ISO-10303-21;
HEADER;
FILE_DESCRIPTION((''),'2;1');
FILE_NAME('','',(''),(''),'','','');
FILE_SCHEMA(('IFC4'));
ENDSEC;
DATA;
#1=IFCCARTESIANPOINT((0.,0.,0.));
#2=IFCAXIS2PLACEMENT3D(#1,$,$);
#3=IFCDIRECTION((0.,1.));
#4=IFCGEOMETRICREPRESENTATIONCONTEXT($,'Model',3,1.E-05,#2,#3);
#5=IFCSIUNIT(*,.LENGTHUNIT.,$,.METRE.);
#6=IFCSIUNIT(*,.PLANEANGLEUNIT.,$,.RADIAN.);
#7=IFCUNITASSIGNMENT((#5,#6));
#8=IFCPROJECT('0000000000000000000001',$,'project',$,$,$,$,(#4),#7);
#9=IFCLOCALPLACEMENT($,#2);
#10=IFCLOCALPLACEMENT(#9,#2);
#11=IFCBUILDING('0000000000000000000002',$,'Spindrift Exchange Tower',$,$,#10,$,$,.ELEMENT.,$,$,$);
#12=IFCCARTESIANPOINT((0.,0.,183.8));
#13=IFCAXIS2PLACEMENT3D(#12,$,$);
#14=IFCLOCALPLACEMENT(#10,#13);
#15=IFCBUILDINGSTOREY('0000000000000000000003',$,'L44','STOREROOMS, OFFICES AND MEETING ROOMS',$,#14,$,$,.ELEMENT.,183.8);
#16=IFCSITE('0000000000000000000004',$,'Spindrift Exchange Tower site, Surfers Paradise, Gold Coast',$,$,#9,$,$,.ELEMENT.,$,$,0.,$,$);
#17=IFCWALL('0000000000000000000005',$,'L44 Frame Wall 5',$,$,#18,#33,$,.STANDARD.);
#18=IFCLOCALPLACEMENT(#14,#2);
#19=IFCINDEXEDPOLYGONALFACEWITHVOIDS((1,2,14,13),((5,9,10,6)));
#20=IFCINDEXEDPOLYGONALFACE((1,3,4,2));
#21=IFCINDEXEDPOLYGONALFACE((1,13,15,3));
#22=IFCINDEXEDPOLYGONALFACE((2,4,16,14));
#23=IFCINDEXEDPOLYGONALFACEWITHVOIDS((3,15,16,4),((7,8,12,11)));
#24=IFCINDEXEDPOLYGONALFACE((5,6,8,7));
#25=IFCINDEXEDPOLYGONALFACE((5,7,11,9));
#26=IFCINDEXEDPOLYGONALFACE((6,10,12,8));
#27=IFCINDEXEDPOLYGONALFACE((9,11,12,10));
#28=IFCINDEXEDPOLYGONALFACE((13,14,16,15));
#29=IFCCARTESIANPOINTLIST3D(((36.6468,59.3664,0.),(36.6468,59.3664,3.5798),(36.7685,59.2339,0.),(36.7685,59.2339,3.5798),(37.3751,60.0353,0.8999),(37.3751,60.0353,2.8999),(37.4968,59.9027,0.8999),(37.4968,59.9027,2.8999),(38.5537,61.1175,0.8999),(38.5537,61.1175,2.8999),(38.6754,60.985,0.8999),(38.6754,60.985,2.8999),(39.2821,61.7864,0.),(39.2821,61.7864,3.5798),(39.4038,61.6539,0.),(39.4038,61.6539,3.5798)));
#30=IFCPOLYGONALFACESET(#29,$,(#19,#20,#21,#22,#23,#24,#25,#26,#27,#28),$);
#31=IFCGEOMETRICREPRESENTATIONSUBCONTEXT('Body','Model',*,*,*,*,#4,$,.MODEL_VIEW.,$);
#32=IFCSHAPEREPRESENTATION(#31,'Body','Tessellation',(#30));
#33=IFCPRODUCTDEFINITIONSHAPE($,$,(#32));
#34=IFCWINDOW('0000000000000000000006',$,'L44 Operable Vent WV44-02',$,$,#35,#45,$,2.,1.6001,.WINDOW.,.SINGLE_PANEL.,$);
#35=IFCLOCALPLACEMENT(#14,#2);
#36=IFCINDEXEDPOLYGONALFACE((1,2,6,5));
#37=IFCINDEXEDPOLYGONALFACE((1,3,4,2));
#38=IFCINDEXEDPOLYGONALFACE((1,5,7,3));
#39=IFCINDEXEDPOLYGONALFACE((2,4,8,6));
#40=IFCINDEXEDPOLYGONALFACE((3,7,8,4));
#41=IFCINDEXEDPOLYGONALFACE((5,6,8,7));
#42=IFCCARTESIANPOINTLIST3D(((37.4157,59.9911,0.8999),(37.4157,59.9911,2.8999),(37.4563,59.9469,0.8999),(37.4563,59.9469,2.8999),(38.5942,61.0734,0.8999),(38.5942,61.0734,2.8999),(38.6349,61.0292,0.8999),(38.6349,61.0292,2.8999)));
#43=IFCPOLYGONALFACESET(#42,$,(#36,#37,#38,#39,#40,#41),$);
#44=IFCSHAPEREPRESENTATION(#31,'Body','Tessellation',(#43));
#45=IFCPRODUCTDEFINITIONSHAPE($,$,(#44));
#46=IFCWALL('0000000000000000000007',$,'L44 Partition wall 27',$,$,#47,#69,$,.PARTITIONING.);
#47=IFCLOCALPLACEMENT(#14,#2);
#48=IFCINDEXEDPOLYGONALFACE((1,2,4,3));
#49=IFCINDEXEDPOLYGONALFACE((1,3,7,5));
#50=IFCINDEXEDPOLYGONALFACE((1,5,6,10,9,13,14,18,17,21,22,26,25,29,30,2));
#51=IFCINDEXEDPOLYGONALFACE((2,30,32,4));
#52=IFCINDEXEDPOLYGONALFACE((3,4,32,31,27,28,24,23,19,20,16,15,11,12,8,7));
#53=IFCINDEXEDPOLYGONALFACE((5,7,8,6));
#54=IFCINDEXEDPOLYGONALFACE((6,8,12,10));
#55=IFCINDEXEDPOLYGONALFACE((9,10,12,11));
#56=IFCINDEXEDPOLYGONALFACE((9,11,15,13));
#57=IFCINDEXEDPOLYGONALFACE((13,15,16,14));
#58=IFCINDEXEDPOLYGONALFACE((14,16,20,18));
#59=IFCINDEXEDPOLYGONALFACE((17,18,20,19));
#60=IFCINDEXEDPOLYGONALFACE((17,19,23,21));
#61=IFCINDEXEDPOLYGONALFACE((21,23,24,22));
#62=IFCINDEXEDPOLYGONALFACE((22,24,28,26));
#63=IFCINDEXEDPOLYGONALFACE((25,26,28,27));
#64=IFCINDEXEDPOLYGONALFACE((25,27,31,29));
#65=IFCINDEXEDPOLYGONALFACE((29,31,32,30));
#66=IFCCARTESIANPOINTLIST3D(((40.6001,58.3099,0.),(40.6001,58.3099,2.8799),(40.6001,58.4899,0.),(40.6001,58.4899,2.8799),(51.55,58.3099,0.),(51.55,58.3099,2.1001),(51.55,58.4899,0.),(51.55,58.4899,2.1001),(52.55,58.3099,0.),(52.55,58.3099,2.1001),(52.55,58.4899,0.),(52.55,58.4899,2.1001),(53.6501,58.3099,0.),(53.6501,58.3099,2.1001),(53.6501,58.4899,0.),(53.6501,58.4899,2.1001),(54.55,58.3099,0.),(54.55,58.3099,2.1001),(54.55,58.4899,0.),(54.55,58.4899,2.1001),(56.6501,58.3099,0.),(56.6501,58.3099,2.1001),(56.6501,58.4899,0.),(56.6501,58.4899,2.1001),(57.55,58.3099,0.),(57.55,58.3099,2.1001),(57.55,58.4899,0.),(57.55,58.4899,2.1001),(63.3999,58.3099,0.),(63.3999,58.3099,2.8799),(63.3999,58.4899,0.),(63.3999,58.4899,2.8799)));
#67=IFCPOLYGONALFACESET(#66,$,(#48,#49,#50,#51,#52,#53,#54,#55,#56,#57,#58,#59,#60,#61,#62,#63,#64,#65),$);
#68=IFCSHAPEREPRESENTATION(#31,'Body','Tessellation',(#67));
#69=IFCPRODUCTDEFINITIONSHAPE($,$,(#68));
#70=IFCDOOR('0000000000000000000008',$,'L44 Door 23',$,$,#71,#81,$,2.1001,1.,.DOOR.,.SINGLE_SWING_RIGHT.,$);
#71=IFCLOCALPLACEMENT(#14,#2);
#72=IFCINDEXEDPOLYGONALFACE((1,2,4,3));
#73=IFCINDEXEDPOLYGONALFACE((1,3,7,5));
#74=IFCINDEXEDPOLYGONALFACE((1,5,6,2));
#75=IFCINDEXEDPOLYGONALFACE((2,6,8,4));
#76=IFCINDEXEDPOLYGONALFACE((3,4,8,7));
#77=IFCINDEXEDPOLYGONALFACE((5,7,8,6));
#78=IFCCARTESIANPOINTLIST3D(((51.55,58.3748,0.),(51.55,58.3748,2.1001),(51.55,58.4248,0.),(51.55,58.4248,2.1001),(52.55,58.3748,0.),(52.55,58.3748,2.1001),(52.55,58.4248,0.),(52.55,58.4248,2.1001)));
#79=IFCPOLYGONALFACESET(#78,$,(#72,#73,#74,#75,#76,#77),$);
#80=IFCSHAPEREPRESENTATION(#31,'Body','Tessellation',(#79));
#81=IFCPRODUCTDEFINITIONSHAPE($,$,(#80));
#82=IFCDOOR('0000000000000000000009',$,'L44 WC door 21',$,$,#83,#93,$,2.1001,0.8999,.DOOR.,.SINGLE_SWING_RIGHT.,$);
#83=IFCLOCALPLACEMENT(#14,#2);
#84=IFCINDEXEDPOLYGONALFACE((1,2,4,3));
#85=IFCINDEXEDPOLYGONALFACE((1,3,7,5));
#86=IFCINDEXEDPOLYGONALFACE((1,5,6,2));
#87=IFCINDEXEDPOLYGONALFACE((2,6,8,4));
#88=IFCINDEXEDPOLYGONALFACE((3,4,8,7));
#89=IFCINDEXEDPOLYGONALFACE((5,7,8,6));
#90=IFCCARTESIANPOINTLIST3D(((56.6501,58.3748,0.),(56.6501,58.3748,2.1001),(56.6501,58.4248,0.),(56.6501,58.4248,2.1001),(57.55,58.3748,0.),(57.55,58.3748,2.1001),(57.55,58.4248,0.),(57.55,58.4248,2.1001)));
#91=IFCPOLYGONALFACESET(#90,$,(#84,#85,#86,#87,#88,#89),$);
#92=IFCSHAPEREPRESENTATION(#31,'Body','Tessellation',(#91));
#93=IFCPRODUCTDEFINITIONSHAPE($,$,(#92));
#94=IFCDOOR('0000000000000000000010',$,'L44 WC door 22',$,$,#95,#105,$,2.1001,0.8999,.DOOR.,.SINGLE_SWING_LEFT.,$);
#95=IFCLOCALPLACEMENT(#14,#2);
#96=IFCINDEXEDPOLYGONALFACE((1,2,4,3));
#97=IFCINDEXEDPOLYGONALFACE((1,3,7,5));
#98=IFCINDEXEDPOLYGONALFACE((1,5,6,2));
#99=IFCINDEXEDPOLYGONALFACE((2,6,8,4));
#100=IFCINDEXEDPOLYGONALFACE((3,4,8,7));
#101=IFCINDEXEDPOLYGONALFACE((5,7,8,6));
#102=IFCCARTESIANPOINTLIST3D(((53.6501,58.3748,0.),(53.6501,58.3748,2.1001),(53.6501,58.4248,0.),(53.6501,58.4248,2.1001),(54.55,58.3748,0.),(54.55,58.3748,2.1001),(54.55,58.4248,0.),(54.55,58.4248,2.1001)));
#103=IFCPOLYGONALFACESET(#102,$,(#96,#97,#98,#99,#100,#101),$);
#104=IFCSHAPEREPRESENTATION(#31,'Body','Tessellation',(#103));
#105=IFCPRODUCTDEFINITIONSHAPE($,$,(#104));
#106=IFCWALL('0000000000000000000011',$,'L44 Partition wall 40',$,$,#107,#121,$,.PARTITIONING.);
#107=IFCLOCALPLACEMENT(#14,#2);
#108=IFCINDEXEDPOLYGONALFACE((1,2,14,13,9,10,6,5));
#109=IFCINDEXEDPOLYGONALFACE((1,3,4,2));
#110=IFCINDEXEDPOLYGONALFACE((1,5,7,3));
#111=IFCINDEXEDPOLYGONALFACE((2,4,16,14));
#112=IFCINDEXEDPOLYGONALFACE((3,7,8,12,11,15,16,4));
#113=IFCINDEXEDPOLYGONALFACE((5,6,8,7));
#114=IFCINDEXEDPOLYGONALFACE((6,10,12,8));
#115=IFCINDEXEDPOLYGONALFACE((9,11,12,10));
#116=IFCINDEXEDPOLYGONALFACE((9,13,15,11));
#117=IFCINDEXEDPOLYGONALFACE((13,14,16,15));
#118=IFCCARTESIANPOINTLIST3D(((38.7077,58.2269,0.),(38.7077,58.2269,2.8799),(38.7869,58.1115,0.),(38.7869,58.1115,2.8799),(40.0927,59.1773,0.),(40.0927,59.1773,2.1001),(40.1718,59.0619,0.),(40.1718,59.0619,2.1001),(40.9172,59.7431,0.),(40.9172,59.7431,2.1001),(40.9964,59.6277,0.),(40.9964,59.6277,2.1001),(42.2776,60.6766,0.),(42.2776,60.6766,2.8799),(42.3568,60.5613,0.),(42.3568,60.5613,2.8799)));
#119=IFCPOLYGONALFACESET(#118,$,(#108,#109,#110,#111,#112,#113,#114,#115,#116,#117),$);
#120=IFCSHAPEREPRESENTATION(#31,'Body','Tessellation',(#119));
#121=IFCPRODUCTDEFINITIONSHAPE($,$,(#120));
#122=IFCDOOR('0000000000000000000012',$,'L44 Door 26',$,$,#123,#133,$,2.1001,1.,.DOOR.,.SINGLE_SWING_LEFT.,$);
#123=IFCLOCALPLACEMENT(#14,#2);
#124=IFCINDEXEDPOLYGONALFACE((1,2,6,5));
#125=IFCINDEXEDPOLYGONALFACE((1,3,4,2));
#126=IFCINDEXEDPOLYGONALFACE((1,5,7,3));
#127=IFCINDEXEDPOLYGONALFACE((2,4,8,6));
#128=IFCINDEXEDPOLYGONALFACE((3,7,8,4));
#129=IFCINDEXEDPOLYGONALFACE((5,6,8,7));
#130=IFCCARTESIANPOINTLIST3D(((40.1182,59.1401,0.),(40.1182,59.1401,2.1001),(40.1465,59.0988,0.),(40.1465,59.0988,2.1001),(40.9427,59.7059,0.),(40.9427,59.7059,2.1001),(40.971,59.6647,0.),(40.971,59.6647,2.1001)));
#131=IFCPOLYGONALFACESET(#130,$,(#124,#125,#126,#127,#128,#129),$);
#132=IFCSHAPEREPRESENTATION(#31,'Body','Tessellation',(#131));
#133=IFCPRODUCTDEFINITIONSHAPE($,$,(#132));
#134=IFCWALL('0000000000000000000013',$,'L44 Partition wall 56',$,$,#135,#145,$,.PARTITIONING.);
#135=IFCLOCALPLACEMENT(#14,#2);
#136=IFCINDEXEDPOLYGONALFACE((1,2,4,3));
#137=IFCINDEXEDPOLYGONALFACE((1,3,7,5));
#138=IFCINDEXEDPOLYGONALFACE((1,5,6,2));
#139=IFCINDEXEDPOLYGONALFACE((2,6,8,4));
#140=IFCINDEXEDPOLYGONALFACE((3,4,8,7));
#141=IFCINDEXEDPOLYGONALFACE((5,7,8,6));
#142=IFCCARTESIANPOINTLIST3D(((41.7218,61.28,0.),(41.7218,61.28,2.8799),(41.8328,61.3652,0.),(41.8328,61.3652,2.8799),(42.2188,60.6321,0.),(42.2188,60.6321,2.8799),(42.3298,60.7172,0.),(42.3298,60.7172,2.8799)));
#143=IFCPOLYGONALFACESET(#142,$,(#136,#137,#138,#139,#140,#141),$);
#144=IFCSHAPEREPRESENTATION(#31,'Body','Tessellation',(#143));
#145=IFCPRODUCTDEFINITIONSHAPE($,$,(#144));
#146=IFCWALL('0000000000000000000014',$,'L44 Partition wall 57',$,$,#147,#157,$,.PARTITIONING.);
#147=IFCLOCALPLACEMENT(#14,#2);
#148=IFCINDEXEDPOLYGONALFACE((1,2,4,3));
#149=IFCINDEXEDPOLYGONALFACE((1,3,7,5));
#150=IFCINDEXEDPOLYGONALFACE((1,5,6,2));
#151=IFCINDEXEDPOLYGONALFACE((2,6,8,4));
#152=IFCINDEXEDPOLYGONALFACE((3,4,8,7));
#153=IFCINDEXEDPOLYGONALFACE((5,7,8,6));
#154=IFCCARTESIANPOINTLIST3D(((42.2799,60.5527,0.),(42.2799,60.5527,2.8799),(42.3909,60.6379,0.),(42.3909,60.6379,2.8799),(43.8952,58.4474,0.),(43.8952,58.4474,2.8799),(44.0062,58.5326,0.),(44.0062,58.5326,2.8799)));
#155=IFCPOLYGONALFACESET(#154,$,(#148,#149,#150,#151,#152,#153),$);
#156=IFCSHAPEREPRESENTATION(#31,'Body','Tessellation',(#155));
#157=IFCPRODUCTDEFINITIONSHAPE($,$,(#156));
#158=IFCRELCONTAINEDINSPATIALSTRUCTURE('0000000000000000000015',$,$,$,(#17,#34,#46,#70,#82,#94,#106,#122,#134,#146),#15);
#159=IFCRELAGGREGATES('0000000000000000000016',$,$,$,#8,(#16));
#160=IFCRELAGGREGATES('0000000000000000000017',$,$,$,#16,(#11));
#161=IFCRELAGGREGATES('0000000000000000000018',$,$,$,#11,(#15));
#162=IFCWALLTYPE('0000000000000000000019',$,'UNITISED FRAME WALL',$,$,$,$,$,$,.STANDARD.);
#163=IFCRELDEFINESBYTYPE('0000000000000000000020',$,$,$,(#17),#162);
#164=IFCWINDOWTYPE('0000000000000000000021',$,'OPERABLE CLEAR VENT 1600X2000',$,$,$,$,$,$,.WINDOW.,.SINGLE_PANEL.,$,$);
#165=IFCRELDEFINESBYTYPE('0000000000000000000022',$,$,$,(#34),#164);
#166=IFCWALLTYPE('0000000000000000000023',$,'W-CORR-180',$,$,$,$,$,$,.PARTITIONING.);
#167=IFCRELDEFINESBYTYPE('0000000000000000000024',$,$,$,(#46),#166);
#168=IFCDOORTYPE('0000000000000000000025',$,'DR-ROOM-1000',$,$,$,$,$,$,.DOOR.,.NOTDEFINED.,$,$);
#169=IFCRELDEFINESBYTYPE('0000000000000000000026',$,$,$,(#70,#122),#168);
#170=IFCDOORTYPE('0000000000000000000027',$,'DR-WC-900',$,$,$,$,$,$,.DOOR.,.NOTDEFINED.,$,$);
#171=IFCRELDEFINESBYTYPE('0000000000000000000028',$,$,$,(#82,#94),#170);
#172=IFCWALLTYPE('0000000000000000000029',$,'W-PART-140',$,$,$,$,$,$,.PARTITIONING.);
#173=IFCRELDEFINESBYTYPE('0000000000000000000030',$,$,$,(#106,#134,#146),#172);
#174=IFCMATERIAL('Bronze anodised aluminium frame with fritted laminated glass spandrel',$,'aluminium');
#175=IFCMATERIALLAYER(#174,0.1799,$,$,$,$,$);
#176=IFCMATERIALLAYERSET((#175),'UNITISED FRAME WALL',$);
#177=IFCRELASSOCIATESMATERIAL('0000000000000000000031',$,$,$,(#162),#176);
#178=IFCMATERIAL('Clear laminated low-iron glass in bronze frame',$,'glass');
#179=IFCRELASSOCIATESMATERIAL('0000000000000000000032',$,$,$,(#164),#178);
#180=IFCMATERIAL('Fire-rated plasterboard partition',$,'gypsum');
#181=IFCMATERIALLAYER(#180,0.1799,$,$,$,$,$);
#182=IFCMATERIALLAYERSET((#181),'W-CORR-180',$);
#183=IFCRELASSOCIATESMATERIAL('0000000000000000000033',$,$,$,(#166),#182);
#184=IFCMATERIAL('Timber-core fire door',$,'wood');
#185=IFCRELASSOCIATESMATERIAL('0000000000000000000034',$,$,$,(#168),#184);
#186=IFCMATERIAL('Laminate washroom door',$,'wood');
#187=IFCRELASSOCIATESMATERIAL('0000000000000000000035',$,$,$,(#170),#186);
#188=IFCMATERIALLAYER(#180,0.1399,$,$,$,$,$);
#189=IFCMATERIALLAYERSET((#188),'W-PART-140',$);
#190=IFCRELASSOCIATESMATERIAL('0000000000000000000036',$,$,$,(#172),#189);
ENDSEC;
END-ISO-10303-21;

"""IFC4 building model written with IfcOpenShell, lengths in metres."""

from ifc_helpers import new_model, si_unit, direction, frame, frame_2d, origin, place, context, subcontext, project, spatial, rectangle, extrude, source, transform, mapped, material, layer, layer_set, type_object, element, fill, save


model = new_model("IFC4")

# Units and contexts
model_context = context("Model", 3, precision=1e-05, world=origin(), true_north=direction((0.0, 1.0)))
body_context = subcontext(model_context, "Body", "Model", "MODEL_VIEW")
ifc_project = project(units=[si_unit("LENGTHUNIT", "METRE"), si_unit("PLANEANGLEUNIT", "RADIAN")], contexts=[model_context])

# Site, building, storey
site_placement = place(None, origin())
site = spatial("IfcSite", under=ifc_project, at=site_placement, Name="Spindrift Exchange Tower site, Surfers Paradise, Gold Coast", CompositionType="ELEMENT", RefElevation=0.0)
building_placement = place(site_placement, origin())
building = spatial("IfcBuilding", under=site, at=building_placement, Name="Spindrift Exchange Tower", CompositionType="ELEMENT")
storey_placement = place(building_placement, frame((0.0, 0.0, 183.8)))
storey = spatial("IfcBuildingStorey", under=building, at=storey_placement, Name="L44", Description="STOREROOMS, OFFICES AND MEETING ROOMS", CompositionType="ELEMENT", Elevation=183.8)

# Wall, opening, window
ifc_material_1 = material(Name="Bronze anodised aluminium frame with fritted laminated glass spandrel", Category="aluminium")
ifc_layer_1 = layer(ifc_material_1, 0.1799)
ifc_layer_set_1 = layer_set([ifc_layer_1], Name="UNITISED FRAME WALL")
wall_type_1 = type_object("IfcWallType", Name="UNITISED FRAME WALL", PredefinedType="STANDARD", material=ifc_layer_set_1)
wall_1_placement = place(storey_placement, frame((39.343, 61.7202, 0.0), z_axis=(0.0, 0.0, 1.0), x_axis=(-0.736559, -0.676373, 0.0)))
wall_1 = element("IfcWall", 1, at=wall_1_placement, inside=storey, type_object=wall_type_1, Name="L44 Frame Wall 5", PredefinedType="STANDARD", context=body_context, shape_type="SweptSolid", body=[
    extrude(rectangle(XDim=3.5779, YDim=0.1799, at=frame_2d((1.7891, 0.0))), origin(), (0.0, 0.0, 1.0), 3.5798),
])
opening_1_placement = place(wall_1_placement, frame((0.989, 0.0, 0.8999)))
opening_1 = element("IfcOpeningElement", 2, at=opening_1_placement, cuts=wall_1, PredefinedType="OPENING", context=body_context, shape_type="SweptSolid", body=[
    extrude(rectangle(XDim=1.6001, YDim=2.0, at=frame_2d((0.8, 1.0))), frame((0.0, 0.0999, 0.0), z_axis=(0.0, -1.0, 0.0), x_axis=(1.0, 0.0, 0.0)), (0.0, 0.0, 1.0), 0.2),
])
ifc_material_2 = material(Name="Clear laminated low-iron glass in bronze frame", Category="glass")
window_type = type_object("IfcWindowType", Name="OPERABLE CLEAR VENT 1600X2000", PartitioningType="SINGLE_PANEL", PredefinedType="WINDOW", material=ifc_material_2)
shared_shape_1 = source(origin(), body_context, "Body", "SweptSolid", [
    extrude(rectangle(XDim=1.6001, YDim=2.0, at=frame_2d((0.8, 1.0))), frame((0.0, 0.03, 0.0), z_axis=(0.0, -1.0, 0.0), x_axis=(1.0, 0.0, 0.0)), (0.0, 0.0, 1.0), 0.0601),
])
window_placement = place(opening_1_placement, origin())
window = element("IfcWindow", 3, at=window_placement, inside=storey, type_object=window_type, Name="L44 Operable Vent WV44-02", OverallHeight=2.0, OverallWidth=1.6001, PartitioningType="SINGLE_PANEL", PredefinedType="WINDOW", context=body_context, shape_type="MappedRepresentation", body=[
    mapped(shared_shape_1, transform((0.0, 0.0, 0.0), scale=1.0)),
])
fill(opening_1, window)

# Wall, openings, doors
ifc_material_3 = material(Name="Fire-rated plasterboard partition", Category="gypsum")
ifc_layer_2 = layer(ifc_material_3, 0.1799)
ifc_layer_set_2 = layer_set([ifc_layer_2], Name="W-CORR-180")
wall_type_2 = type_object("IfcWallType", Name="W-CORR-180", PredefinedType="PARTITIONING", material=ifc_layer_set_2)
wall_2_placement = place(storey_placement, frame((40.6001, 58.3999, 0.0), z_axis=(0.0, 0.0, 1.0), x_axis=(1.0, 0.0, 0.0)))
wall_2 = element("IfcWall", 4, at=wall_2_placement, inside=storey, type_object=wall_type_2, Name="L44 Partition wall 27", PredefinedType="PARTITIONING", context=body_context, shape_type="SweptSolid", body=[
    extrude(rectangle(XDim=22.7998, YDim=0.1799, at=frame_2d((11.3999, 0.0))), origin(), (0.0, 0.0, 1.0), 2.8799),
])
opening_2_placement = place(wall_2_placement, frame((16.05, 0.0, 0.0)))
opening_2 = element("IfcOpeningElement", 5, at=opening_2_placement, cuts=wall_2, PredefinedType="OPENING", context=body_context, shape_type="SweptSolid", body=[
    extrude(rectangle(XDim=0.8999, YDim=2.1001, at=frame_2d((0.45, 1.05))), frame((0.0, 0.0999, 0.0), z_axis=(0.0, -1.0, 0.0), x_axis=(1.0, 0.0, 0.0)), (0.0, 0.0, 1.0), 0.2),
])
opening_3_placement = place(wall_2_placement, frame((13.05, 0.0, 0.0)))
opening_3 = element("IfcOpeningElement", 6, at=opening_3_placement, cuts=wall_2, PredefinedType="OPENING", context=body_context, shape_type="SweptSolid", body=[
    extrude(rectangle(XDim=0.8999, YDim=2.1001, at=frame_2d((0.45, 1.05))), frame((0.0, 0.0999, 0.0), z_axis=(0.0, -1.0, 0.0), x_axis=(1.0, 0.0, 0.0)), (0.0, 0.0, 1.0), 0.2),
])
opening_4_placement = place(wall_2_placement, frame((10.95, 0.0, 0.0)))
opening_4 = element("IfcOpeningElement", 7, at=opening_4_placement, cuts=wall_2, PredefinedType="OPENING", context=body_context, shape_type="SweptSolid", body=[
    extrude(rectangle(XDim=1.0, YDim=2.1001, at=frame_2d((0.5, 1.05))), frame((0.0, 0.0999, 0.0), z_axis=(0.0, -1.0, 0.0), x_axis=(1.0, 0.0, 0.0)), (0.0, 0.0, 1.0), 0.2),
])
ifc_material_4 = material(Name="Timber-core fire door", Category="wood")
door_type_1 = type_object("IfcDoorType", Name="DR-ROOM-1000", OperationType="NOTDEFINED", PredefinedType="DOOR", material=ifc_material_4)
shared_shape_2 = source(origin(), body_context, "Body", "SweptSolid", [
    extrude(rectangle(XDim=1.0, YDim=2.1001, at=frame_2d((0.5, 1.05))), frame((0.0, 0.0249, 0.0), z_axis=(0.0, -1.0, 0.0), x_axis=(1.0, 0.0, 0.0)), (0.0, 0.0, 1.0), 0.05),
])
door_1_placement = place(opening_4_placement, origin())
door_1 = element("IfcDoor", 8, at=door_1_placement, inside=storey, type_object=door_type_1, Name="L44 Door 23", OperationType="SINGLE_SWING_RIGHT", OverallHeight=2.1001, OverallWidth=1.0, PredefinedType="DOOR", context=body_context, shape_type="MappedRepresentation", body=[
    mapped(shared_shape_2, transform((0.0, 0.0, 0.0), scale=1.0)),
])
fill(opening_4, door_1)
ifc_material_5 = material(Name="Laminate washroom door", Category="wood")
door_type_2 = type_object("IfcDoorType", Name="DR-WC-900", OperationType="NOTDEFINED", PredefinedType="DOOR", material=ifc_material_5)
shared_shape_3 = source(origin(), body_context, "Body", "SweptSolid", [
    extrude(rectangle(XDim=0.8999, YDim=2.1001, at=frame_2d((0.45, 1.05))), frame((0.0, 0.0249, 0.0), z_axis=(0.0, -1.0, 0.0), x_axis=(1.0, 0.0, 0.0)), (0.0, 0.0, 1.0), 0.05),
])
door_2_placement = place(opening_2_placement, origin())
door_2 = element("IfcDoor", 9, at=door_2_placement, inside=storey, type_object=door_type_2, Name="L44 WC door 21", OperationType="SINGLE_SWING_RIGHT", OverallHeight=2.1001, OverallWidth=0.8999, PredefinedType="DOOR", context=body_context, shape_type="MappedRepresentation", body=[
    mapped(shared_shape_3, transform((0.0, 0.0, 0.0), scale=1.0)),
])
fill(opening_2, door_2)
door_3_placement = place(opening_3_placement, origin())
door_3 = element("IfcDoor", 10, at=door_3_placement, inside=storey, type_object=door_type_2, Name="L44 WC door 22", OperationType="SINGLE_SWING_LEFT", OverallHeight=2.1001, OverallWidth=0.8999, PredefinedType="DOOR", context=body_context, shape_type="MappedRepresentation", body=[
    mapped(shared_shape_3, transform((0.0, 0.0, 0.0), scale=1.0)),
])
fill(opening_3, door_3)

# Wall, opening, door
ifc_layer_3 = layer(ifc_material_3, 0.1399)
ifc_layer_set_3 = layer_set([ifc_layer_3], Name="W-PART-140")
wall_type_3 = type_object("IfcWallType", Name="W-PART-140", PredefinedType="PARTITIONING", material=ifc_layer_set_3)
wall_3_placement = place(storey_placement, frame((38.7473, 58.1692, 0.0), z_axis=(0.0, 0.0, 1.0), x_axis=(0.824532, 0.565815, 0.0)))
wall_3 = element("IfcWall", 11, at=wall_3_placement, inside=storey, type_object=wall_type_3, Name="L44 Partition wall 40", PredefinedType="PARTITIONING", context=body_context, shape_type="SweptSolid", body=[
    extrude(rectangle(XDim=4.3296, YDim=0.1399, at=frame_2d((2.1648, 0.0))), origin(), (0.0, 0.0, 1.0), 2.8799),
])
opening_5_placement = place(wall_3_placement, frame((1.6797, 0.0, 0.0)))
opening_5 = element("IfcOpeningElement", 12, at=opening_5_placement, cuts=wall_3, PredefinedType="OPENING", context=body_context, shape_type="SweptSolid", body=[
    extrude(rectangle(XDim=1.0, YDim=2.1001, at=frame_2d((0.5, 1.05))), frame((0.0, 0.0798, 0.0), z_axis=(0.0, -1.0, 0.0), x_axis=(1.0, 0.0, 0.0)), (0.0, 0.0, 1.0), 0.1599),
])
door_4_placement = place(opening_5_placement, origin())
door_4 = element("IfcDoor", 13, at=door_4_placement, inside=storey, type_object=door_type_1, Name="L44 Door 26", OperationType="SINGLE_SWING_LEFT", OverallHeight=2.1001, OverallWidth=1.0, PredefinedType="DOOR", context=body_context, shape_type="MappedRepresentation", body=[
    mapped(shared_shape_2, transform((0.0, 0.0, 0.0), scale=1.0)),
])
fill(opening_5, door_4)

# Walls
wall_4_placement = place(storey_placement, frame((41.7773, 61.3225, 0.0), z_axis=(0.0, 0.0, 1.0), x_axis=(0.60867, -0.793423, 0.0)))
element("IfcWall", 14, at=wall_4_placement, inside=storey, type_object=wall_type_3, Name="L44 Partition wall 56", PredefinedType="PARTITIONING", context=body_context, shape_type="SweptSolid", body=[
    extrude(rectangle(XDim=0.8167, YDim=0.1399, at=frame_2d((0.4082, 0.0))), origin(), (0.0, 0.0, 1.0), 2.8799),
])
wall_5_placement = place(storey_placement, frame((42.3354, 60.5952, 0.0), z_axis=(0.0, 0.0, 1.0), x_axis=(0.608723, -0.793383, 0.0)))
element("IfcWall", 15, at=wall_5_placement, inside=storey, type_object=wall_type_3, Name="L44 Partition wall 57", PredefinedType="PARTITIONING", context=body_context, shape_type="SweptSolid", body=[
    extrude(rectangle(XDim=2.6536, YDim=0.1399, at=frame_2d((1.3267, 0.0))), origin(), (0.0, 0.0, 1.0), 2.8799),
])

save(model, "model.ifc")
